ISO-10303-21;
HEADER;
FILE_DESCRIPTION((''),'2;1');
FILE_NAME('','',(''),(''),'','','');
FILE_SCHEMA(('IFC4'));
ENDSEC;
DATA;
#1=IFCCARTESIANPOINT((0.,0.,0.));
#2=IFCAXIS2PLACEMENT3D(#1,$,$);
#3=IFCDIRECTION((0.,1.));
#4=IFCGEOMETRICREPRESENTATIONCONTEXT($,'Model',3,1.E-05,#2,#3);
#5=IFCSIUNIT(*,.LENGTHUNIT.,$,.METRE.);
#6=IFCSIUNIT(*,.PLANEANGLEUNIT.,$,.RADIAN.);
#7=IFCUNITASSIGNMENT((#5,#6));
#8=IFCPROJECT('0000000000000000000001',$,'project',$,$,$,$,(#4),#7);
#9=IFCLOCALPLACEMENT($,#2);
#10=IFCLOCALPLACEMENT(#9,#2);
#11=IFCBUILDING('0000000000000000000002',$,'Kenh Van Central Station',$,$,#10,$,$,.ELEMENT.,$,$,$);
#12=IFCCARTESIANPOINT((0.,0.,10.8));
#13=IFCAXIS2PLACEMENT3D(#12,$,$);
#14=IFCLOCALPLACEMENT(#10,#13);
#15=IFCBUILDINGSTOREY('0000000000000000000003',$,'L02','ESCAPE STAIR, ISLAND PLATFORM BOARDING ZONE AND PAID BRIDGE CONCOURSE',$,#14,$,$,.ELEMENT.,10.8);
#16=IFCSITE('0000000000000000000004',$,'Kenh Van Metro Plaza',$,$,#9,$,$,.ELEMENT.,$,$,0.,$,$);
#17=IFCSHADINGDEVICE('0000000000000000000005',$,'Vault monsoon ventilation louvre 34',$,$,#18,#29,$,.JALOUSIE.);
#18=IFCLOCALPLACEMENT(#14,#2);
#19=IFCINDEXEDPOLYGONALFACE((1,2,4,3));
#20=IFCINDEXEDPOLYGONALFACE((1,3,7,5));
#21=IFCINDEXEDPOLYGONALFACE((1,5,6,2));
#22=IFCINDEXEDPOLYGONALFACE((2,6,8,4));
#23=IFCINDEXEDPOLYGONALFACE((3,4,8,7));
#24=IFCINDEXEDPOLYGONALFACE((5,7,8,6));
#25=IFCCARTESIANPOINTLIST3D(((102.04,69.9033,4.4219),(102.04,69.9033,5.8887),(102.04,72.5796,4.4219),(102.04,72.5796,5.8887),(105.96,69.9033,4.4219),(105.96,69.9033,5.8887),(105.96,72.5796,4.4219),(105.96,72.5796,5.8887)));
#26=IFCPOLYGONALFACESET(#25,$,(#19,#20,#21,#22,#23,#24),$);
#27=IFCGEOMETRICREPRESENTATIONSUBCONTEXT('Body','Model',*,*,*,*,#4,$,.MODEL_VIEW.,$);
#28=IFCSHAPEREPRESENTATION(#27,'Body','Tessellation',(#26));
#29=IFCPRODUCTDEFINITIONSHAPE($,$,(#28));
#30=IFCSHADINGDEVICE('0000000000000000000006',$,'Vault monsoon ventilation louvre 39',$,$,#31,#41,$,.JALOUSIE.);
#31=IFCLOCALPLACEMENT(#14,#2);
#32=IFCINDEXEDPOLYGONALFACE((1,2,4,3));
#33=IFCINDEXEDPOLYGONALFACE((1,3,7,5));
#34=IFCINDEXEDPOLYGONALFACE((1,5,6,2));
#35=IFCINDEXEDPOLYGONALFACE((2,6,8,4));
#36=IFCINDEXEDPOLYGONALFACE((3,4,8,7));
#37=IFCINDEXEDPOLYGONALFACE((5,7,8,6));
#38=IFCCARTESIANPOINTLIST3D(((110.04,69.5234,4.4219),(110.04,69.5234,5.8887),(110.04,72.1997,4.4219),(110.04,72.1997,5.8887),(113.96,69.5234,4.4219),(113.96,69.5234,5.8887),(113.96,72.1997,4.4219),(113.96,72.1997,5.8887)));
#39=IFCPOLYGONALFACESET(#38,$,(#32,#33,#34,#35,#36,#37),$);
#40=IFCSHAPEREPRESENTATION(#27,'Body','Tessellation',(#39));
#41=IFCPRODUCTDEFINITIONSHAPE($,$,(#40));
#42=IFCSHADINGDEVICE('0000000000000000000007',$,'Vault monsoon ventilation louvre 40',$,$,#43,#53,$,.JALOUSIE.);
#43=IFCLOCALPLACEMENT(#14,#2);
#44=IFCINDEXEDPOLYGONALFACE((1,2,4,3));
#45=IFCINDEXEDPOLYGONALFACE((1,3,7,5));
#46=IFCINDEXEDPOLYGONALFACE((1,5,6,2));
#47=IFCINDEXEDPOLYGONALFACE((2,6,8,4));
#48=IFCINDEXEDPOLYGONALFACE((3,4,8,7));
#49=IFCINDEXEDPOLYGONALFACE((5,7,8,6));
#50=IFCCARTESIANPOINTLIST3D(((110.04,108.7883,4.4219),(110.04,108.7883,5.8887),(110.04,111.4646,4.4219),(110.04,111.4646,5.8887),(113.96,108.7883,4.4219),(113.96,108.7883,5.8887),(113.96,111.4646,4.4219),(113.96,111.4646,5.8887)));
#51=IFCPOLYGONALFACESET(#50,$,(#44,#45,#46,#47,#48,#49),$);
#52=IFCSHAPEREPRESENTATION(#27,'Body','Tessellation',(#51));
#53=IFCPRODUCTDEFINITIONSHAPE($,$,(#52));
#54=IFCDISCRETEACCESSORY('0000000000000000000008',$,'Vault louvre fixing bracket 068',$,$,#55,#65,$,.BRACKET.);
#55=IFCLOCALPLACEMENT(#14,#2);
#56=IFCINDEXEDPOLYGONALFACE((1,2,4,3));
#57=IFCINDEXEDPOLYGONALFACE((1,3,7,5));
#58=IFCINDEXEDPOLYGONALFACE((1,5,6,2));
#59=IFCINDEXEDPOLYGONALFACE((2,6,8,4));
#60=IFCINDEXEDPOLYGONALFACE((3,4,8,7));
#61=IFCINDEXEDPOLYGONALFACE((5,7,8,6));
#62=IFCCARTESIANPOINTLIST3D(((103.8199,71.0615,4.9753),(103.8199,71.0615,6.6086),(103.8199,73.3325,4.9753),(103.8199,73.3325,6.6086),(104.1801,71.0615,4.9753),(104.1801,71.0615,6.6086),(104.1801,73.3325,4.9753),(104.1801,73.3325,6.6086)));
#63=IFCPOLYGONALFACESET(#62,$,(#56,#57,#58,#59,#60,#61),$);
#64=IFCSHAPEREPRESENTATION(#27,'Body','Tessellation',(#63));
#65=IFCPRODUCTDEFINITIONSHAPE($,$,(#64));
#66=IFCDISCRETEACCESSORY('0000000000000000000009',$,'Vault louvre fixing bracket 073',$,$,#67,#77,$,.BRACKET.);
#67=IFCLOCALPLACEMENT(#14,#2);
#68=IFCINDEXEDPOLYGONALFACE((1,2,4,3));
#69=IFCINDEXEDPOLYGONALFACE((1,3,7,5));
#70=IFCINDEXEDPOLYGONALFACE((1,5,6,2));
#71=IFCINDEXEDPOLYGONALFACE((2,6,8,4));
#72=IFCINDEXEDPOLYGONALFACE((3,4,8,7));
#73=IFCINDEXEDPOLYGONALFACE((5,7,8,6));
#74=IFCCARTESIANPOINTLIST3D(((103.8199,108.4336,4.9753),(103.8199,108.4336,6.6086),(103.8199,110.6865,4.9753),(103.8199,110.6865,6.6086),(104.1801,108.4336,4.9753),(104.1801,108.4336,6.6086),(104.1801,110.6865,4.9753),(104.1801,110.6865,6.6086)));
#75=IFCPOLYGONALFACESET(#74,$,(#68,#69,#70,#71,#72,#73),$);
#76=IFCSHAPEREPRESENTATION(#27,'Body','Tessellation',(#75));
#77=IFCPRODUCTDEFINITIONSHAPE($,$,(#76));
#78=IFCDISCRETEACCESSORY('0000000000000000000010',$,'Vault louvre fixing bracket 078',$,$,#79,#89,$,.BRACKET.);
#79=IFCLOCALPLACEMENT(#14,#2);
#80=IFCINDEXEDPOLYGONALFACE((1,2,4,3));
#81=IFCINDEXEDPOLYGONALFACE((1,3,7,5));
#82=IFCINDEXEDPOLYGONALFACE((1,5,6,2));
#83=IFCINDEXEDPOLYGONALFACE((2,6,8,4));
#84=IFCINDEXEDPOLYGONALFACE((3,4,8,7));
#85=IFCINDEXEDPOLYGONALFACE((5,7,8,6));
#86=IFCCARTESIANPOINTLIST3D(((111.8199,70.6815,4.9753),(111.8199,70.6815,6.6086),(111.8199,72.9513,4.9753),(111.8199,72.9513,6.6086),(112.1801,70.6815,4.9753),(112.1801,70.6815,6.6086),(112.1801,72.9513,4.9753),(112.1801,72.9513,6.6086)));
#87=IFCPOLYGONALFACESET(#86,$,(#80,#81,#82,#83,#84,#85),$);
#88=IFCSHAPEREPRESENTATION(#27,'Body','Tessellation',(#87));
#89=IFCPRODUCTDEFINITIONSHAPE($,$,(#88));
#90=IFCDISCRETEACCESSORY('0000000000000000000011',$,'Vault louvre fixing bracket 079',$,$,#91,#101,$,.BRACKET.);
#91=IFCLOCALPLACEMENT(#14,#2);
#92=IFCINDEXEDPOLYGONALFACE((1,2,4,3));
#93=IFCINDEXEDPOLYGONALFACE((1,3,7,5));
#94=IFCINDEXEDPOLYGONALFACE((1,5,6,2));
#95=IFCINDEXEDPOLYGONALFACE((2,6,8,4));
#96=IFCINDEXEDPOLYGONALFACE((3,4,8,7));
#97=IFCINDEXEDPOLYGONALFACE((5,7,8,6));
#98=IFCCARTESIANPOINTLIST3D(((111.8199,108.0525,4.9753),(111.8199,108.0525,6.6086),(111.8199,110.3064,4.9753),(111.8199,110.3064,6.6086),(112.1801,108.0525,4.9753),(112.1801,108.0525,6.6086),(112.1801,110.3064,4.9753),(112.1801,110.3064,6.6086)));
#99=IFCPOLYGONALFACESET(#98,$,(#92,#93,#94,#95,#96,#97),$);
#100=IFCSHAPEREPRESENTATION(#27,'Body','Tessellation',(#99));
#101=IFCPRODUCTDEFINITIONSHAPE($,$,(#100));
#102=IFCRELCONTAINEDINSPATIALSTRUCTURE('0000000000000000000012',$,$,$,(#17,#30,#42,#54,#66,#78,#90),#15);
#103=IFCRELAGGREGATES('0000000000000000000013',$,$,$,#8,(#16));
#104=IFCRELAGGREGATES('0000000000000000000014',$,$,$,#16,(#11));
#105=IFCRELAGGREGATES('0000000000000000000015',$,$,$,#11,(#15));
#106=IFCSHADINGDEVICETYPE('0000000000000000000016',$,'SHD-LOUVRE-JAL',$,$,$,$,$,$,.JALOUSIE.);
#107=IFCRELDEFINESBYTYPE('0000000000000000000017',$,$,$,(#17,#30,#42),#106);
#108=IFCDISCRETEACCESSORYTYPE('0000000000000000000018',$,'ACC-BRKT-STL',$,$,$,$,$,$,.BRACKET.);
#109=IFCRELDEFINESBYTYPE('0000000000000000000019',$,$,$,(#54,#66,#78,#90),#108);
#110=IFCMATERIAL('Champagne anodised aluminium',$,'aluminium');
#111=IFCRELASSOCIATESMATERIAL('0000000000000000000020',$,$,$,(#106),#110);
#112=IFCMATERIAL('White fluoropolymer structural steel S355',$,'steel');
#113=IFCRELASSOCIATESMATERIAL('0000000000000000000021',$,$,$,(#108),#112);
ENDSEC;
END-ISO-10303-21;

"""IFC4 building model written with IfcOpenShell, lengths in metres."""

from ifc_helpers import new_model, si_unit, direction, frame, origin, origin_2d, place, context, subcontext, project, spatial, rectangle, extrude, material, type_object, element, save


model = new_model("IFC4")

# Units and contexts
model_context = context("Model", 3, precision=1e-05, world=origin(), true_north=direction((0.0, 1.0)))
body_context = subcontext(model_context, "Body", "Model", "MODEL_VIEW")
ifc_project = project(units=[si_unit("LENGTHUNIT", "METRE"), si_unit("PLANEANGLEUNIT", "RADIAN")], contexts=[model_context])

# Site, building, storey
site_placement = place(None, origin())
site = spatial("IfcSite", under=ifc_project, at=site_placement, Name="Kenh Van Metro Plaza", CompositionType="ELEMENT", RefElevation=0.0)
building_placement = place(site_placement, origin())
building = spatial("IfcBuilding", under=site, at=building_placement, Name="Kenh Van Central Station", CompositionType="ELEMENT")
storey_placement = place(building_placement, frame((0.0, 0.0, 10.8)))
storey = spatial("IfcBuildingStorey", under=building, at=storey_placement, Name="L02", Description="ESCAPE STAIR, ISLAND PLATFORM BOARDING ZONE AND PAID BRIDGE CONCOURSE", CompositionType="ELEMENT", Elevation=10.8)

# Shared definitions
ifc_material_1 = material(Name="White fluoropolymer structural steel S355", Category="steel")

# Shared definitions
ifc_material_2 = material(Name="Champagne anodised aluminium", Category="aluminium")

# Shading devices
shading_device_type = type_object("IfcShadingDeviceType", Name="SHD-LOUVRE-JAL", PredefinedType="JALOUSIE", material=ifc_material_2)
for number, where, z_axis, x_axis, name in (
    (1, (104.0, 71.2415, 4.4219), (0.0, 0.0, 1.0), (1.0, 0.0, 0.0), "Vault monsoon ventilation louvre 34"),
    (2, (112.0, 70.8616, 4.4219), (0.0, 0.0, 1.0), (1.0, 0.0, 0.0), "Vault monsoon ventilation louvre 39"),
    (3, (112.0, 110.1265, 4.4219), (0.0, 0.0, 1.0), (1.0, 0.0, 0.0), "Vault monsoon ventilation louvre 40"),
):
    element("IfcShadingDevice", number, at=place(storey_placement, frame(where, z_axis=z_axis, x_axis=x_axis)), inside=storey, type_object=shading_device_type, Name=name, PredefinedType="JALOUSIE", context=body_context, shape_type="SweptSolid", body=[
        extrude(rectangle(XDim=3.9199, YDim=2.6763, at=origin_2d()), origin(), (0.0, 0.0, 1.0), 1.4668),
    ])

# Discrete accessories
discrete_accessory_type = type_object("IfcDiscreteAccessoryType", Name="ACC-BRKT-STL", PredefinedType="BRACKET", material=ifc_material_1)
discrete_accessory_1_placement = place(storey_placement, frame((104.0, 72.197, 4.9753), z_axis=(0.0, 0.0, 1.0), x_axis=(1.0, 0.0, 0.0)))
element("IfcDiscreteAccessory", 4, at=discrete_accessory_1_placement, inside=storey, type_object=discrete_accessory_type, Name="Vault louvre fixing bracket 068", PredefinedType="BRACKET", context=body_context, shape_type="SweptSolid", body=[
    extrude(rectangle(XDim=0.3601, YDim=2.271, at=origin_2d()), origin(), (0.0, 0.0, 1.0), 1.6333),
])
discrete_accessory_2_placement = place(storey_placement, frame((104.0, 109.5601, 4.9753), z_axis=(0.0, 0.0, 1.0), x_axis=(1.0, 0.0, 0.0)))
element("IfcDiscreteAccessory", 5, at=discrete_accessory_2_placement, inside=storey, type_object=discrete_accessory_type, Name="Vault louvre fixing bracket 073", PredefinedType="BRACKET", context=body_context, shape_type="SweptSolid", body=[
    extrude(rectangle(XDim=0.3601, YDim=2.2529, at=origin_2d()), origin(), (0.0, 0.0, 1.0), 1.6333),
])
discrete_accessory_3_placement = place(storey_placement, frame((112.0, 71.8164, 4.9753), z_axis=(0.0, 0.0, 1.0), x_axis=(1.0, 0.0, 0.0)))
element("IfcDiscreteAccessory", 6, at=discrete_accessory_3_placement, inside=storey, type_object=discrete_accessory_type, Name="Vault louvre fixing bracket 078", PredefinedType="BRACKET", context=body_context, shape_type="SweptSolid", body=[
    extrude(rectangle(XDim=0.3601, YDim=2.2698, at=origin_2d()), origin(), (0.0, 0.0, 1.0), 1.6333),
])
discrete_accessory_4_placement = place(storey_placement, frame((112.0, 109.1794, 4.9753), z_axis=(0.0, 0.0, 1.0), x_axis=(1.0, 0.0, 0.0)))
element("IfcDiscreteAccessory", 7, at=discrete_accessory_4_placement, inside=storey, type_object=discrete_accessory_type, Name="Vault louvre fixing bracket 079", PredefinedType="BRACKET", context=body_context, shape_type="SweptSolid", body=[
    extrude(rectangle(XDim=0.3601, YDim=2.2539, at=origin_2d()), origin(), (0.0, 0.0, 1.0), 1.6333),
])

save(model, "model.ifc")
